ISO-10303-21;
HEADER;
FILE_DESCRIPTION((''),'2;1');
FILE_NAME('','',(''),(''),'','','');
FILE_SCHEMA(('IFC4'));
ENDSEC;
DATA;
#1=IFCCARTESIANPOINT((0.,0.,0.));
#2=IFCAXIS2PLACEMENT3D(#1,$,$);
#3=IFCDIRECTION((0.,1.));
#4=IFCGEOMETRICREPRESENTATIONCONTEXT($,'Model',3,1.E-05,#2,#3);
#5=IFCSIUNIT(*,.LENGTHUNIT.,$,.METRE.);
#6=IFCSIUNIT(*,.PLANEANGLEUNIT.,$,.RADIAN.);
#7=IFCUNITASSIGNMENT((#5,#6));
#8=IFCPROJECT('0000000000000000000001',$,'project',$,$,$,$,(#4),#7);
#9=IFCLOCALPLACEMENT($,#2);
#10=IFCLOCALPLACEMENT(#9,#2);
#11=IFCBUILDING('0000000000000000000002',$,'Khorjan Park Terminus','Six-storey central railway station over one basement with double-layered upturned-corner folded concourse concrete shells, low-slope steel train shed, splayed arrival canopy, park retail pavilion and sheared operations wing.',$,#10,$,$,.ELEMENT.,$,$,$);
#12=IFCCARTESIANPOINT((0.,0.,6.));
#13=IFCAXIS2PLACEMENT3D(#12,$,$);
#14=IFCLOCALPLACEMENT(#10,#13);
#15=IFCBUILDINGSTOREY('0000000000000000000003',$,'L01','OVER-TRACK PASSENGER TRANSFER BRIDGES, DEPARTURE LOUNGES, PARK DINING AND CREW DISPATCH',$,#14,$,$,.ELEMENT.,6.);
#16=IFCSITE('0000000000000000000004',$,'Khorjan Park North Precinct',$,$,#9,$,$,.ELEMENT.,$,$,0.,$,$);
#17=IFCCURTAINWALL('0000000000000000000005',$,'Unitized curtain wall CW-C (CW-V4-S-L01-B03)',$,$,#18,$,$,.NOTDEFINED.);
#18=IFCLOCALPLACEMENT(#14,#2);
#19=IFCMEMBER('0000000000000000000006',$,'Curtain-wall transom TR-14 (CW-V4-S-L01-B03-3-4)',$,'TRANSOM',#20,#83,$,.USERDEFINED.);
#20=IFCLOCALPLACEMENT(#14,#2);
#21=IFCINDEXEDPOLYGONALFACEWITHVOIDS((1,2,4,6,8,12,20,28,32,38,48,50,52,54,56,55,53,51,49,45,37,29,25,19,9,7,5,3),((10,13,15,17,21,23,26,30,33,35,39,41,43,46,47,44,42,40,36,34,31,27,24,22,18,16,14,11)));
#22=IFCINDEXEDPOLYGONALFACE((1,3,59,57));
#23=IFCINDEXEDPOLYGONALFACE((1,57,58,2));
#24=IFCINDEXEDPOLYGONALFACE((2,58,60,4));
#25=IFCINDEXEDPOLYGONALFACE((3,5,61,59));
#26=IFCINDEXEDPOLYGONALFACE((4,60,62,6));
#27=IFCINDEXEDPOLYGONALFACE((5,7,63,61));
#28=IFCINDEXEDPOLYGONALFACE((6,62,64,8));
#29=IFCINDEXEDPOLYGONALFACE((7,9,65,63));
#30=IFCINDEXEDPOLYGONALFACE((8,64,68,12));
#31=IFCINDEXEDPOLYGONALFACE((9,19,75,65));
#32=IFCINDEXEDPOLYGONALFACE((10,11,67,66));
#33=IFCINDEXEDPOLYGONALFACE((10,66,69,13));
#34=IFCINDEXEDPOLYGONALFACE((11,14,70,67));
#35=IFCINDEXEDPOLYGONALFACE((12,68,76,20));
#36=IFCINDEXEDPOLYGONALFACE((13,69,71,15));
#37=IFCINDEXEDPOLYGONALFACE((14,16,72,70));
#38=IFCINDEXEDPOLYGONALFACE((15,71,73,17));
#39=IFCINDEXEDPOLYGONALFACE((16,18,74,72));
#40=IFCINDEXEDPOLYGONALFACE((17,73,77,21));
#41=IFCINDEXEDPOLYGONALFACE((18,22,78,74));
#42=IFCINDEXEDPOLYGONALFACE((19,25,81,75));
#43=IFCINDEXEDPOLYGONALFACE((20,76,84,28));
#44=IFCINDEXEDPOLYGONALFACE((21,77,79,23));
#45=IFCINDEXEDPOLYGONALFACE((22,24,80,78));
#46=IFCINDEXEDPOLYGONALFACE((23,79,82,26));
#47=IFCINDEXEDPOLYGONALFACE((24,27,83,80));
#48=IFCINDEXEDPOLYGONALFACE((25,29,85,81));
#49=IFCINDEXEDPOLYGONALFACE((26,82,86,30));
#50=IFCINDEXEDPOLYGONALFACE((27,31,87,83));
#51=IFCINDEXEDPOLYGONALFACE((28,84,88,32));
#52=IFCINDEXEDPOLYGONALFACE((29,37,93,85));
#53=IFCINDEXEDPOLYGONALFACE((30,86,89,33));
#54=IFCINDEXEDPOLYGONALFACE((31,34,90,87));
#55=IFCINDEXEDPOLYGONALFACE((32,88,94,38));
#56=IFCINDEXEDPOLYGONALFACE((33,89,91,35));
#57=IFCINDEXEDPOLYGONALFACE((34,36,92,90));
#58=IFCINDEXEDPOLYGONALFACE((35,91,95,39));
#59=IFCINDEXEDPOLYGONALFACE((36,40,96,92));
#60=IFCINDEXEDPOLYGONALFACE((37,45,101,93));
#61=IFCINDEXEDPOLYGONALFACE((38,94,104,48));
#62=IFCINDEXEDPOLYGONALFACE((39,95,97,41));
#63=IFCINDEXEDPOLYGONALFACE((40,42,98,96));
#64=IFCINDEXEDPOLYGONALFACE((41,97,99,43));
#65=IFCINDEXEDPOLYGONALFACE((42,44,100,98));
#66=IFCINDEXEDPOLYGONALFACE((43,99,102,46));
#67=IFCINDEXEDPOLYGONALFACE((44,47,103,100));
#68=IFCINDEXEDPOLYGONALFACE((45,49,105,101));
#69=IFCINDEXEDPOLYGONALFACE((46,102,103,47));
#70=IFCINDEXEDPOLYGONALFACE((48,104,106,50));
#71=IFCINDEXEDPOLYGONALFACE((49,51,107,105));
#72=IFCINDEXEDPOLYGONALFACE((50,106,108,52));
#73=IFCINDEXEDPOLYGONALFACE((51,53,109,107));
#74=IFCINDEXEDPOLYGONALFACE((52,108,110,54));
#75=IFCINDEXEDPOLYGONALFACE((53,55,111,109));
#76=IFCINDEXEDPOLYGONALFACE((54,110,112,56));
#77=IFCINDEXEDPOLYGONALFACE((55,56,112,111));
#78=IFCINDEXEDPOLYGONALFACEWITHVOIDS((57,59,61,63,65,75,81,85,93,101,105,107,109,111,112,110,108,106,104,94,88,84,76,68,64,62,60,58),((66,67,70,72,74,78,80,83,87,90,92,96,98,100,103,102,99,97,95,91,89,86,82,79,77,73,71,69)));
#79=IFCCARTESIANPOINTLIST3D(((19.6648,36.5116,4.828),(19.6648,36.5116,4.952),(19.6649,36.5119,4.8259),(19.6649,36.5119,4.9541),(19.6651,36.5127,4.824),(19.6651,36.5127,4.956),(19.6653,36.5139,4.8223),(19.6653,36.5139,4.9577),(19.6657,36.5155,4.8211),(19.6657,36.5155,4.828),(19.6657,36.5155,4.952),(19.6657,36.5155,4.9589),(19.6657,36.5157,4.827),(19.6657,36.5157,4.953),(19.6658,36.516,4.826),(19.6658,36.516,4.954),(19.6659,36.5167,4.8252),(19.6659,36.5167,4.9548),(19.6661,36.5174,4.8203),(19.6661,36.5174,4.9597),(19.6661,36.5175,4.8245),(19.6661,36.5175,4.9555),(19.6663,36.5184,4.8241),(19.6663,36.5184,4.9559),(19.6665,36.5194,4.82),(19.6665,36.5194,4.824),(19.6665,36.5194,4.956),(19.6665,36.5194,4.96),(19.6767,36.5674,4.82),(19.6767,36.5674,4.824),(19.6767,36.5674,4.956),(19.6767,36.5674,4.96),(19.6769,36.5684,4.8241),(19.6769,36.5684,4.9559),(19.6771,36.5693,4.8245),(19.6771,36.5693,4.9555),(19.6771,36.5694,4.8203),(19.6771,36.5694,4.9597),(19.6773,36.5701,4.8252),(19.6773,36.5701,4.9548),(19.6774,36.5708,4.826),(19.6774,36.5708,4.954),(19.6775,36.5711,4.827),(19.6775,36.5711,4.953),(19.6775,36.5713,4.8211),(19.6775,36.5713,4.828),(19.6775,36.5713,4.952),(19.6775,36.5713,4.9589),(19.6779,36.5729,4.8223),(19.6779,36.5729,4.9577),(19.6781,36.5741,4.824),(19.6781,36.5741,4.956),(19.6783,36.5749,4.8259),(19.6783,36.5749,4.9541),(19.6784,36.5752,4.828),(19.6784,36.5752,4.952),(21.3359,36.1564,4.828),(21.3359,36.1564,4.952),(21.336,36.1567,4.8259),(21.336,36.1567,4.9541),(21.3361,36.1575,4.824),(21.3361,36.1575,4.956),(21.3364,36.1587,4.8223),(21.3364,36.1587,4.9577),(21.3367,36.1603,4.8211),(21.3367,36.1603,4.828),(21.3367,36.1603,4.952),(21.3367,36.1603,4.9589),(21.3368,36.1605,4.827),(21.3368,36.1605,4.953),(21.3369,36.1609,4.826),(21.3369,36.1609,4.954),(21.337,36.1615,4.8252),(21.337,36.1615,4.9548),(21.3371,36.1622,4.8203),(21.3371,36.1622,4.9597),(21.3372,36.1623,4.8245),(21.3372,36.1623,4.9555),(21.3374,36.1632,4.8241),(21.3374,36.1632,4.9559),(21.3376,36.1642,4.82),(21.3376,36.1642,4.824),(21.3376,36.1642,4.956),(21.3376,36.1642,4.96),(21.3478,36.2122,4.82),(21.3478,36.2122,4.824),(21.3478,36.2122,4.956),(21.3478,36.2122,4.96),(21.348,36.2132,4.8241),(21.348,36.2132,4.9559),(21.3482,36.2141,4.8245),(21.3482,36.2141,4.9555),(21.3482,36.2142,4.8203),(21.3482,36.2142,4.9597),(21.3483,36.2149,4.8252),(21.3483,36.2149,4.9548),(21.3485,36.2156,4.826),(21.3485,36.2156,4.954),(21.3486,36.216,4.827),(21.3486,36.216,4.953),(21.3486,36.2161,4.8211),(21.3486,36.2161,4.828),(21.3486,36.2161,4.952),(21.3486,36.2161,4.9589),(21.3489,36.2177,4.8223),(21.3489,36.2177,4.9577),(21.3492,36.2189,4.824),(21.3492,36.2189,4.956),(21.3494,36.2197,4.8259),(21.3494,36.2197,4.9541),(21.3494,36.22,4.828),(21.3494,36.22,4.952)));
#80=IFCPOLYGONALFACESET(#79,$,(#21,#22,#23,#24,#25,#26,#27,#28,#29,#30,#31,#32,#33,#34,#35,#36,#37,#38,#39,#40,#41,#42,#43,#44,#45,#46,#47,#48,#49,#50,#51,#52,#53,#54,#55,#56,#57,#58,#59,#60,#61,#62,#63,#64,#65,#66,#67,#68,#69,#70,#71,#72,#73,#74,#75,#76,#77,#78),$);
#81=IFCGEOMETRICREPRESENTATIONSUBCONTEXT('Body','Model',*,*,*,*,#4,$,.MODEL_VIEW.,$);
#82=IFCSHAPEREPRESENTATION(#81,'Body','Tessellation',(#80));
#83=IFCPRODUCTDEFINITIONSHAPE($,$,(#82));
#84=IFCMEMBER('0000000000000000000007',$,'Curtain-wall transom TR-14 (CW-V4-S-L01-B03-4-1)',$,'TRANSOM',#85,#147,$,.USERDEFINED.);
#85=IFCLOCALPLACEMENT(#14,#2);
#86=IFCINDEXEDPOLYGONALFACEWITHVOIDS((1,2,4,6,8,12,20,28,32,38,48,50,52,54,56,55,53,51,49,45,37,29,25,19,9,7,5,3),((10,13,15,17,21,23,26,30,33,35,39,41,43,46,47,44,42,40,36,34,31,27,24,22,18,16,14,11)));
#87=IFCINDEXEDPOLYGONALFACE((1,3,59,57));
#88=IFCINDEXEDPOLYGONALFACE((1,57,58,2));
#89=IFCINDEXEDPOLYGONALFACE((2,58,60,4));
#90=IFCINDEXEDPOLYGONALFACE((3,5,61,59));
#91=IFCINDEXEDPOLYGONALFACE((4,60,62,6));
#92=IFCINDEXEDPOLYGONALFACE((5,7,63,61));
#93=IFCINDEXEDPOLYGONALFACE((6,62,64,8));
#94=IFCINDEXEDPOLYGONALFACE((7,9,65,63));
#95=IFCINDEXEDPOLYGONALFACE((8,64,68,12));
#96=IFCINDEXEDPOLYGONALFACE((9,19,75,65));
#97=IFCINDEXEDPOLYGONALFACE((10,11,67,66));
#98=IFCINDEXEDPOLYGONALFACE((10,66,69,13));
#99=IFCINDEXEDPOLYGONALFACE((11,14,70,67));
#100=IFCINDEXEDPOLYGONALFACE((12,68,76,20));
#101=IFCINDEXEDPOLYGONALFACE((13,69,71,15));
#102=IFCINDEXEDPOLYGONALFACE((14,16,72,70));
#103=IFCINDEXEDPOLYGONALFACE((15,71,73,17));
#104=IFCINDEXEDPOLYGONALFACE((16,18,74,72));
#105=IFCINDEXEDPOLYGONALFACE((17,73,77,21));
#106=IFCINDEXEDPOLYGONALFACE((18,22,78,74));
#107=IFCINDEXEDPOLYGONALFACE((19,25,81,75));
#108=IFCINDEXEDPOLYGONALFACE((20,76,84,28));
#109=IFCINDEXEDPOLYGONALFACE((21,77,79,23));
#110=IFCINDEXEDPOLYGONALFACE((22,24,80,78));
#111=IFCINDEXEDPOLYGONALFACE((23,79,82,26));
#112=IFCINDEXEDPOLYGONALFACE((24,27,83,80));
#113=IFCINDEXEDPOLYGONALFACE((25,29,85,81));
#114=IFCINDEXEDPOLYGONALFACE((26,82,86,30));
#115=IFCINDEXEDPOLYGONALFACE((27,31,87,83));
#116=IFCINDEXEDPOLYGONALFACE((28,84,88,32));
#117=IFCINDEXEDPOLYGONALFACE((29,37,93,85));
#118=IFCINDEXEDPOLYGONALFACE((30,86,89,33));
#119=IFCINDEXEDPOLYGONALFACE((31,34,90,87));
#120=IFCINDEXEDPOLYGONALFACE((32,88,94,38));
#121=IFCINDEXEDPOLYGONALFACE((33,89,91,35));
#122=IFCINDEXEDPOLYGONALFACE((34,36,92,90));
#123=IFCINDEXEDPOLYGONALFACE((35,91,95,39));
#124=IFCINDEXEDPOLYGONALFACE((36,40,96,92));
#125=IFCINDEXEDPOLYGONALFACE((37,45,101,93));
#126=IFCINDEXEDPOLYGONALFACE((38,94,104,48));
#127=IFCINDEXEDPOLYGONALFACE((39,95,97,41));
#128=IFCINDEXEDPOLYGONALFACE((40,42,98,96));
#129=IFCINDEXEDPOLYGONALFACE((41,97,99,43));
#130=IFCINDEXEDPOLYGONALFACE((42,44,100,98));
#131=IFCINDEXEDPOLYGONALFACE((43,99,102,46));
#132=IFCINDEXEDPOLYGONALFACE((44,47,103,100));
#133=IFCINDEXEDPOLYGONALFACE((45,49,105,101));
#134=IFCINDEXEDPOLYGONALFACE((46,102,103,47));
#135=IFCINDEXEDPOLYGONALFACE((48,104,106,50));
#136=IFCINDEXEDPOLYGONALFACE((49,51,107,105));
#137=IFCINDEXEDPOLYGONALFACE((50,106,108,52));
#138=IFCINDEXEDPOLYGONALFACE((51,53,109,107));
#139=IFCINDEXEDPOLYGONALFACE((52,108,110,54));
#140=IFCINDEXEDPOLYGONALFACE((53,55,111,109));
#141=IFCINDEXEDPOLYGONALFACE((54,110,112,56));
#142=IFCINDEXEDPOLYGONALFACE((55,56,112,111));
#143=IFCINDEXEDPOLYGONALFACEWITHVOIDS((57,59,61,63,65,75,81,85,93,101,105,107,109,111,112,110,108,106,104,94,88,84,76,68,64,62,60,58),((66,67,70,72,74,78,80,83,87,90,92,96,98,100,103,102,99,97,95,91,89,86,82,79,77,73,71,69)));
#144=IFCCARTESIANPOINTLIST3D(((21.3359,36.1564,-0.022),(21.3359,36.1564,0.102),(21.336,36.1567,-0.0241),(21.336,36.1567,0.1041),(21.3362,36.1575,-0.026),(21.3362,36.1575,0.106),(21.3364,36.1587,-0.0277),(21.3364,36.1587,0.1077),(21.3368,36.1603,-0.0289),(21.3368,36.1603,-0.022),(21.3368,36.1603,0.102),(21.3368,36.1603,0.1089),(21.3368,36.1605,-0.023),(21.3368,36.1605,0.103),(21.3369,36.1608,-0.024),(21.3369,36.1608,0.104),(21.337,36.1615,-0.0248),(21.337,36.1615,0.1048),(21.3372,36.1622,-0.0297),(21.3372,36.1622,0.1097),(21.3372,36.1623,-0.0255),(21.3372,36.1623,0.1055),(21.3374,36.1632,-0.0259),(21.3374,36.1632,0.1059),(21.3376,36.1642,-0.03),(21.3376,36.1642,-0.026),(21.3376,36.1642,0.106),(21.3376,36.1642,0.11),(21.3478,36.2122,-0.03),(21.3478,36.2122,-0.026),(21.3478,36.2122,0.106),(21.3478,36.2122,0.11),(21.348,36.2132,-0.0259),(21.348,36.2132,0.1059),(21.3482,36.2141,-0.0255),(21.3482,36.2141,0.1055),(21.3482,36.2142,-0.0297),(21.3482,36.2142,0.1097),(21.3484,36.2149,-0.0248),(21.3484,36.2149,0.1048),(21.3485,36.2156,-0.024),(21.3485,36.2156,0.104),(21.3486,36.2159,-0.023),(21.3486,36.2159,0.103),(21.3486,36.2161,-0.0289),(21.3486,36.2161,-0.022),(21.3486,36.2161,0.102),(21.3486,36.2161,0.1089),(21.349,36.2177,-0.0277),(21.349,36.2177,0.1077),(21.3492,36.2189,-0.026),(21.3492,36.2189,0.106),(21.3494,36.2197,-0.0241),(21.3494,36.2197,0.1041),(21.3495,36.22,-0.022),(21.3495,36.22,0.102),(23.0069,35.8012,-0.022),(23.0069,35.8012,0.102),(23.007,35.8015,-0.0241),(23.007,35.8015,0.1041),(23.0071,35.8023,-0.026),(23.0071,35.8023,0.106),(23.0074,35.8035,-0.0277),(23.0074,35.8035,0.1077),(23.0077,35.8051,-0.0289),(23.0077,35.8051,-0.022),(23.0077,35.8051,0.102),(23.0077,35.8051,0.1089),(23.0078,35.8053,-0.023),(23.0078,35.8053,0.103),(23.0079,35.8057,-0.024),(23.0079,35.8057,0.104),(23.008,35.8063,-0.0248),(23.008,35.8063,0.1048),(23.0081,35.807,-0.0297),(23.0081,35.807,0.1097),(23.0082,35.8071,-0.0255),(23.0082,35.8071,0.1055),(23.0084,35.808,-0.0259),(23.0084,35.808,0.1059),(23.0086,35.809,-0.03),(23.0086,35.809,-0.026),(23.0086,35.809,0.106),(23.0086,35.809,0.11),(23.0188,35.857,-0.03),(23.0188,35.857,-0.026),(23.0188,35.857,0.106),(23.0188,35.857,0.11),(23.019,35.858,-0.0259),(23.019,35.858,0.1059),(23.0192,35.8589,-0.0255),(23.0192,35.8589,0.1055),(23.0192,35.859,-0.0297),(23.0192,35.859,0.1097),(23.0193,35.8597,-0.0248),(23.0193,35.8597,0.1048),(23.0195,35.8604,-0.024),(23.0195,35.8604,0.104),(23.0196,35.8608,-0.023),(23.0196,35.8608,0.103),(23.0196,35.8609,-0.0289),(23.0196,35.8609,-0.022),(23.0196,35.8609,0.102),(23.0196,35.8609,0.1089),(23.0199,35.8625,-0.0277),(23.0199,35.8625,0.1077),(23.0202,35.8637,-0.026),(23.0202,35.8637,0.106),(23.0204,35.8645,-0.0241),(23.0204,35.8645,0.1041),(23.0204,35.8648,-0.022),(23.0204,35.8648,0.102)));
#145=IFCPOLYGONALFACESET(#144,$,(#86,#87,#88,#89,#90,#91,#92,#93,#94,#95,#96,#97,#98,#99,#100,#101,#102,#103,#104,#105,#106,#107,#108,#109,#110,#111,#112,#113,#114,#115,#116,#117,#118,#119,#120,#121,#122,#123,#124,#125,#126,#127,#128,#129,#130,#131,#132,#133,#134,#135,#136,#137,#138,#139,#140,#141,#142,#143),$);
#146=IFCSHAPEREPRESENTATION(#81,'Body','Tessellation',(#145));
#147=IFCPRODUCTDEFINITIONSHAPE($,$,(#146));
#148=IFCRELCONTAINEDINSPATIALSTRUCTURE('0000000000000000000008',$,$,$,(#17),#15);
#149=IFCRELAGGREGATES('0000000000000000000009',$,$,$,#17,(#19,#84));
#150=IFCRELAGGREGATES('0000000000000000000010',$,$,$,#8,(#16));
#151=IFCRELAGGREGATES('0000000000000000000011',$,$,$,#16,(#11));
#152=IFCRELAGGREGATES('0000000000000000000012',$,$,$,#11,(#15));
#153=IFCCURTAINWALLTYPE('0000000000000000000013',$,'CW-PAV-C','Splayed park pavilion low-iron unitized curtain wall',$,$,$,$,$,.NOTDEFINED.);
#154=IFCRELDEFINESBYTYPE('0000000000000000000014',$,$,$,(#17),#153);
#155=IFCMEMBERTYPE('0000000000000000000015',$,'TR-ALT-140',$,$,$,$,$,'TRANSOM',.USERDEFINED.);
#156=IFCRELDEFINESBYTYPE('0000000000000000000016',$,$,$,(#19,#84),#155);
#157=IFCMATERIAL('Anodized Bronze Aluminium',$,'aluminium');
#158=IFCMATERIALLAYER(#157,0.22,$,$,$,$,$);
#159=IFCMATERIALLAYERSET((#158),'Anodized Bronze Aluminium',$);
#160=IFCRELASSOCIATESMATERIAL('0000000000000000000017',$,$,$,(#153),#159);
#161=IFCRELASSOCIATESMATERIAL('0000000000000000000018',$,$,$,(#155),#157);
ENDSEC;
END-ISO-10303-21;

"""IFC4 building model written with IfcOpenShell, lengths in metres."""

from ifc_helpers import new_model, si_unit, direction, frame, origin, origin_2d, place, context, subcontext, project, spatial, hollow_rectangle, extrude, material, layer, layer_set, material_profile, profile_set, type_object, element, aggregate, save


model = new_model("IFC4")

# Units and contexts
model_context = context("Model", 3, precision=1e-05, world=origin(), true_north=direction((0.0, 1.0)))
body_context = subcontext(model_context, "Body", "Model", "MODEL_VIEW")
ifc_project = project(units=[si_unit("LENGTHUNIT", "METRE"), si_unit("PLANEANGLEUNIT", "RADIAN")], contexts=[model_context])

# Site, building, storey
site_placement = place(None, origin())
site = spatial("IfcSite", under=ifc_project, at=site_placement, Name="Khorjan Park North Precinct", CompositionType="ELEMENT", RefElevation=0.0)
building_placement = place(site_placement, origin())
building = spatial("IfcBuilding", under=site, at=building_placement, Name="Khorjan Park Terminus", Description="Six-storey central railway station over one basement with double-layered upturned-corner folded concourse concrete shells, low-slope steel train shed, splayed arrival canopy, park retail pavilion and sheared operations wing.", CompositionType="ELEMENT")
storey_placement = place(building_placement, frame((0.0, 0.0, 6.0)))
storey = spatial("IfcBuildingStorey", under=building, at=storey_placement, Name="L01", Description="OVER-TRACK PASSENGER TRANSFER BRIDGES, DEPARTURE LOUNGES, PARK DINING AND CREW DISPATCH", CompositionType="ELEMENT", Elevation=6.0)

# Curtain wall, members
ifc_material_1 = material(Name="Anodized Bronze Aluminium", Category="aluminium")
ifc_layer_1 = layer(ifc_material_1, 0.22)
ifc_layer_set_1 = layer_set([ifc_layer_1], Name="Anodized Bronze Aluminium")
curtain_wall_type = type_object("IfcCurtainWallType", Name="CW-PAV-C", Description="Splayed park pavilion low-iron unitized curtain wall", PredefinedType="NOTDEFINED", material=ifc_layer_set_1)
curtain_wall_1_placement = place(storey_placement, origin())
curtain_wall_1 = element("IfcCurtainWall", 1, at=curtain_wall_1_placement, inside=storey, type_object=curtain_wall_type, Name="Unitized curtain wall CW-C (CW-V4-S-L01-B03)", PredefinedType="NOTDEFINED")
ifc_material_profile_1 = material_profile(ifc_material_1, hollow_rectangle(XDim=0.065, YDim=0.14, WallThickness=0.004, InnerFilletRadius=0.004, OuterFilletRadius=0.008, at=origin_2d()), Name="ALT 65x140x4")
ifc_profile_set_1 = profile_set([ifc_material_profile_1], Name="Anodized Bronze Aluminium")
member_type_1 = type_object("IfcMemberType", Name="TR-ALT-140", ElementType="TRANSOM", PredefinedType="USERDEFINED", material=ifc_profile_set_1)
member_1_placement = place(storey_placement, frame((19.6716, 36.5434, 4.89), z_axis=(0.978148, -0.20791, 0.0), x_axis=(0.20791, 0.978148, 0.0)))
member_1 = element("IfcMember", 2, at=member_1_placement, type_object=member_type_1, Name="Curtain-wall transom TR-14 (CW-V4-S-L01-B03-3-4)", ObjectType="TRANSOM", PredefinedType="USERDEFINED", context=body_context, shape_type="SweptSolid", body=[
    extrude(hollow_rectangle(XDim=0.065, YDim=0.14, WallThickness=0.004, InnerFilletRadius=0.004, OuterFilletRadius=0.008, at=origin_2d()), origin(), (0.0, 0.0, 1.0), 1.7084),
])
member_2_placement = place(storey_placement, frame((21.3427, 36.1882, 0.04), z_axis=(0.978145, -0.207922, 0.0), x_axis=(0.207922, 0.978145, 0.0)))
member_2 = element("IfcMember", 3, at=member_2_placement, type_object=member_type_1, Name="Curtain-wall transom TR-14 (CW-V4-S-L01-B03-4-1)", ObjectType="TRANSOM", PredefinedType="USERDEFINED", context=body_context, shape_type="SweptSolid", body=[
    extrude(hollow_rectangle(XDim=0.065, YDim=0.14, WallThickness=0.004, InnerFilletRadius=0.004, OuterFilletRadius=0.008, at=origin_2d()), origin(), (0.0, 0.0, 1.0), 1.7083),
])

aggregate(curtain_wall_1, [member_1, member_2])

save(model, "model.ifc")
